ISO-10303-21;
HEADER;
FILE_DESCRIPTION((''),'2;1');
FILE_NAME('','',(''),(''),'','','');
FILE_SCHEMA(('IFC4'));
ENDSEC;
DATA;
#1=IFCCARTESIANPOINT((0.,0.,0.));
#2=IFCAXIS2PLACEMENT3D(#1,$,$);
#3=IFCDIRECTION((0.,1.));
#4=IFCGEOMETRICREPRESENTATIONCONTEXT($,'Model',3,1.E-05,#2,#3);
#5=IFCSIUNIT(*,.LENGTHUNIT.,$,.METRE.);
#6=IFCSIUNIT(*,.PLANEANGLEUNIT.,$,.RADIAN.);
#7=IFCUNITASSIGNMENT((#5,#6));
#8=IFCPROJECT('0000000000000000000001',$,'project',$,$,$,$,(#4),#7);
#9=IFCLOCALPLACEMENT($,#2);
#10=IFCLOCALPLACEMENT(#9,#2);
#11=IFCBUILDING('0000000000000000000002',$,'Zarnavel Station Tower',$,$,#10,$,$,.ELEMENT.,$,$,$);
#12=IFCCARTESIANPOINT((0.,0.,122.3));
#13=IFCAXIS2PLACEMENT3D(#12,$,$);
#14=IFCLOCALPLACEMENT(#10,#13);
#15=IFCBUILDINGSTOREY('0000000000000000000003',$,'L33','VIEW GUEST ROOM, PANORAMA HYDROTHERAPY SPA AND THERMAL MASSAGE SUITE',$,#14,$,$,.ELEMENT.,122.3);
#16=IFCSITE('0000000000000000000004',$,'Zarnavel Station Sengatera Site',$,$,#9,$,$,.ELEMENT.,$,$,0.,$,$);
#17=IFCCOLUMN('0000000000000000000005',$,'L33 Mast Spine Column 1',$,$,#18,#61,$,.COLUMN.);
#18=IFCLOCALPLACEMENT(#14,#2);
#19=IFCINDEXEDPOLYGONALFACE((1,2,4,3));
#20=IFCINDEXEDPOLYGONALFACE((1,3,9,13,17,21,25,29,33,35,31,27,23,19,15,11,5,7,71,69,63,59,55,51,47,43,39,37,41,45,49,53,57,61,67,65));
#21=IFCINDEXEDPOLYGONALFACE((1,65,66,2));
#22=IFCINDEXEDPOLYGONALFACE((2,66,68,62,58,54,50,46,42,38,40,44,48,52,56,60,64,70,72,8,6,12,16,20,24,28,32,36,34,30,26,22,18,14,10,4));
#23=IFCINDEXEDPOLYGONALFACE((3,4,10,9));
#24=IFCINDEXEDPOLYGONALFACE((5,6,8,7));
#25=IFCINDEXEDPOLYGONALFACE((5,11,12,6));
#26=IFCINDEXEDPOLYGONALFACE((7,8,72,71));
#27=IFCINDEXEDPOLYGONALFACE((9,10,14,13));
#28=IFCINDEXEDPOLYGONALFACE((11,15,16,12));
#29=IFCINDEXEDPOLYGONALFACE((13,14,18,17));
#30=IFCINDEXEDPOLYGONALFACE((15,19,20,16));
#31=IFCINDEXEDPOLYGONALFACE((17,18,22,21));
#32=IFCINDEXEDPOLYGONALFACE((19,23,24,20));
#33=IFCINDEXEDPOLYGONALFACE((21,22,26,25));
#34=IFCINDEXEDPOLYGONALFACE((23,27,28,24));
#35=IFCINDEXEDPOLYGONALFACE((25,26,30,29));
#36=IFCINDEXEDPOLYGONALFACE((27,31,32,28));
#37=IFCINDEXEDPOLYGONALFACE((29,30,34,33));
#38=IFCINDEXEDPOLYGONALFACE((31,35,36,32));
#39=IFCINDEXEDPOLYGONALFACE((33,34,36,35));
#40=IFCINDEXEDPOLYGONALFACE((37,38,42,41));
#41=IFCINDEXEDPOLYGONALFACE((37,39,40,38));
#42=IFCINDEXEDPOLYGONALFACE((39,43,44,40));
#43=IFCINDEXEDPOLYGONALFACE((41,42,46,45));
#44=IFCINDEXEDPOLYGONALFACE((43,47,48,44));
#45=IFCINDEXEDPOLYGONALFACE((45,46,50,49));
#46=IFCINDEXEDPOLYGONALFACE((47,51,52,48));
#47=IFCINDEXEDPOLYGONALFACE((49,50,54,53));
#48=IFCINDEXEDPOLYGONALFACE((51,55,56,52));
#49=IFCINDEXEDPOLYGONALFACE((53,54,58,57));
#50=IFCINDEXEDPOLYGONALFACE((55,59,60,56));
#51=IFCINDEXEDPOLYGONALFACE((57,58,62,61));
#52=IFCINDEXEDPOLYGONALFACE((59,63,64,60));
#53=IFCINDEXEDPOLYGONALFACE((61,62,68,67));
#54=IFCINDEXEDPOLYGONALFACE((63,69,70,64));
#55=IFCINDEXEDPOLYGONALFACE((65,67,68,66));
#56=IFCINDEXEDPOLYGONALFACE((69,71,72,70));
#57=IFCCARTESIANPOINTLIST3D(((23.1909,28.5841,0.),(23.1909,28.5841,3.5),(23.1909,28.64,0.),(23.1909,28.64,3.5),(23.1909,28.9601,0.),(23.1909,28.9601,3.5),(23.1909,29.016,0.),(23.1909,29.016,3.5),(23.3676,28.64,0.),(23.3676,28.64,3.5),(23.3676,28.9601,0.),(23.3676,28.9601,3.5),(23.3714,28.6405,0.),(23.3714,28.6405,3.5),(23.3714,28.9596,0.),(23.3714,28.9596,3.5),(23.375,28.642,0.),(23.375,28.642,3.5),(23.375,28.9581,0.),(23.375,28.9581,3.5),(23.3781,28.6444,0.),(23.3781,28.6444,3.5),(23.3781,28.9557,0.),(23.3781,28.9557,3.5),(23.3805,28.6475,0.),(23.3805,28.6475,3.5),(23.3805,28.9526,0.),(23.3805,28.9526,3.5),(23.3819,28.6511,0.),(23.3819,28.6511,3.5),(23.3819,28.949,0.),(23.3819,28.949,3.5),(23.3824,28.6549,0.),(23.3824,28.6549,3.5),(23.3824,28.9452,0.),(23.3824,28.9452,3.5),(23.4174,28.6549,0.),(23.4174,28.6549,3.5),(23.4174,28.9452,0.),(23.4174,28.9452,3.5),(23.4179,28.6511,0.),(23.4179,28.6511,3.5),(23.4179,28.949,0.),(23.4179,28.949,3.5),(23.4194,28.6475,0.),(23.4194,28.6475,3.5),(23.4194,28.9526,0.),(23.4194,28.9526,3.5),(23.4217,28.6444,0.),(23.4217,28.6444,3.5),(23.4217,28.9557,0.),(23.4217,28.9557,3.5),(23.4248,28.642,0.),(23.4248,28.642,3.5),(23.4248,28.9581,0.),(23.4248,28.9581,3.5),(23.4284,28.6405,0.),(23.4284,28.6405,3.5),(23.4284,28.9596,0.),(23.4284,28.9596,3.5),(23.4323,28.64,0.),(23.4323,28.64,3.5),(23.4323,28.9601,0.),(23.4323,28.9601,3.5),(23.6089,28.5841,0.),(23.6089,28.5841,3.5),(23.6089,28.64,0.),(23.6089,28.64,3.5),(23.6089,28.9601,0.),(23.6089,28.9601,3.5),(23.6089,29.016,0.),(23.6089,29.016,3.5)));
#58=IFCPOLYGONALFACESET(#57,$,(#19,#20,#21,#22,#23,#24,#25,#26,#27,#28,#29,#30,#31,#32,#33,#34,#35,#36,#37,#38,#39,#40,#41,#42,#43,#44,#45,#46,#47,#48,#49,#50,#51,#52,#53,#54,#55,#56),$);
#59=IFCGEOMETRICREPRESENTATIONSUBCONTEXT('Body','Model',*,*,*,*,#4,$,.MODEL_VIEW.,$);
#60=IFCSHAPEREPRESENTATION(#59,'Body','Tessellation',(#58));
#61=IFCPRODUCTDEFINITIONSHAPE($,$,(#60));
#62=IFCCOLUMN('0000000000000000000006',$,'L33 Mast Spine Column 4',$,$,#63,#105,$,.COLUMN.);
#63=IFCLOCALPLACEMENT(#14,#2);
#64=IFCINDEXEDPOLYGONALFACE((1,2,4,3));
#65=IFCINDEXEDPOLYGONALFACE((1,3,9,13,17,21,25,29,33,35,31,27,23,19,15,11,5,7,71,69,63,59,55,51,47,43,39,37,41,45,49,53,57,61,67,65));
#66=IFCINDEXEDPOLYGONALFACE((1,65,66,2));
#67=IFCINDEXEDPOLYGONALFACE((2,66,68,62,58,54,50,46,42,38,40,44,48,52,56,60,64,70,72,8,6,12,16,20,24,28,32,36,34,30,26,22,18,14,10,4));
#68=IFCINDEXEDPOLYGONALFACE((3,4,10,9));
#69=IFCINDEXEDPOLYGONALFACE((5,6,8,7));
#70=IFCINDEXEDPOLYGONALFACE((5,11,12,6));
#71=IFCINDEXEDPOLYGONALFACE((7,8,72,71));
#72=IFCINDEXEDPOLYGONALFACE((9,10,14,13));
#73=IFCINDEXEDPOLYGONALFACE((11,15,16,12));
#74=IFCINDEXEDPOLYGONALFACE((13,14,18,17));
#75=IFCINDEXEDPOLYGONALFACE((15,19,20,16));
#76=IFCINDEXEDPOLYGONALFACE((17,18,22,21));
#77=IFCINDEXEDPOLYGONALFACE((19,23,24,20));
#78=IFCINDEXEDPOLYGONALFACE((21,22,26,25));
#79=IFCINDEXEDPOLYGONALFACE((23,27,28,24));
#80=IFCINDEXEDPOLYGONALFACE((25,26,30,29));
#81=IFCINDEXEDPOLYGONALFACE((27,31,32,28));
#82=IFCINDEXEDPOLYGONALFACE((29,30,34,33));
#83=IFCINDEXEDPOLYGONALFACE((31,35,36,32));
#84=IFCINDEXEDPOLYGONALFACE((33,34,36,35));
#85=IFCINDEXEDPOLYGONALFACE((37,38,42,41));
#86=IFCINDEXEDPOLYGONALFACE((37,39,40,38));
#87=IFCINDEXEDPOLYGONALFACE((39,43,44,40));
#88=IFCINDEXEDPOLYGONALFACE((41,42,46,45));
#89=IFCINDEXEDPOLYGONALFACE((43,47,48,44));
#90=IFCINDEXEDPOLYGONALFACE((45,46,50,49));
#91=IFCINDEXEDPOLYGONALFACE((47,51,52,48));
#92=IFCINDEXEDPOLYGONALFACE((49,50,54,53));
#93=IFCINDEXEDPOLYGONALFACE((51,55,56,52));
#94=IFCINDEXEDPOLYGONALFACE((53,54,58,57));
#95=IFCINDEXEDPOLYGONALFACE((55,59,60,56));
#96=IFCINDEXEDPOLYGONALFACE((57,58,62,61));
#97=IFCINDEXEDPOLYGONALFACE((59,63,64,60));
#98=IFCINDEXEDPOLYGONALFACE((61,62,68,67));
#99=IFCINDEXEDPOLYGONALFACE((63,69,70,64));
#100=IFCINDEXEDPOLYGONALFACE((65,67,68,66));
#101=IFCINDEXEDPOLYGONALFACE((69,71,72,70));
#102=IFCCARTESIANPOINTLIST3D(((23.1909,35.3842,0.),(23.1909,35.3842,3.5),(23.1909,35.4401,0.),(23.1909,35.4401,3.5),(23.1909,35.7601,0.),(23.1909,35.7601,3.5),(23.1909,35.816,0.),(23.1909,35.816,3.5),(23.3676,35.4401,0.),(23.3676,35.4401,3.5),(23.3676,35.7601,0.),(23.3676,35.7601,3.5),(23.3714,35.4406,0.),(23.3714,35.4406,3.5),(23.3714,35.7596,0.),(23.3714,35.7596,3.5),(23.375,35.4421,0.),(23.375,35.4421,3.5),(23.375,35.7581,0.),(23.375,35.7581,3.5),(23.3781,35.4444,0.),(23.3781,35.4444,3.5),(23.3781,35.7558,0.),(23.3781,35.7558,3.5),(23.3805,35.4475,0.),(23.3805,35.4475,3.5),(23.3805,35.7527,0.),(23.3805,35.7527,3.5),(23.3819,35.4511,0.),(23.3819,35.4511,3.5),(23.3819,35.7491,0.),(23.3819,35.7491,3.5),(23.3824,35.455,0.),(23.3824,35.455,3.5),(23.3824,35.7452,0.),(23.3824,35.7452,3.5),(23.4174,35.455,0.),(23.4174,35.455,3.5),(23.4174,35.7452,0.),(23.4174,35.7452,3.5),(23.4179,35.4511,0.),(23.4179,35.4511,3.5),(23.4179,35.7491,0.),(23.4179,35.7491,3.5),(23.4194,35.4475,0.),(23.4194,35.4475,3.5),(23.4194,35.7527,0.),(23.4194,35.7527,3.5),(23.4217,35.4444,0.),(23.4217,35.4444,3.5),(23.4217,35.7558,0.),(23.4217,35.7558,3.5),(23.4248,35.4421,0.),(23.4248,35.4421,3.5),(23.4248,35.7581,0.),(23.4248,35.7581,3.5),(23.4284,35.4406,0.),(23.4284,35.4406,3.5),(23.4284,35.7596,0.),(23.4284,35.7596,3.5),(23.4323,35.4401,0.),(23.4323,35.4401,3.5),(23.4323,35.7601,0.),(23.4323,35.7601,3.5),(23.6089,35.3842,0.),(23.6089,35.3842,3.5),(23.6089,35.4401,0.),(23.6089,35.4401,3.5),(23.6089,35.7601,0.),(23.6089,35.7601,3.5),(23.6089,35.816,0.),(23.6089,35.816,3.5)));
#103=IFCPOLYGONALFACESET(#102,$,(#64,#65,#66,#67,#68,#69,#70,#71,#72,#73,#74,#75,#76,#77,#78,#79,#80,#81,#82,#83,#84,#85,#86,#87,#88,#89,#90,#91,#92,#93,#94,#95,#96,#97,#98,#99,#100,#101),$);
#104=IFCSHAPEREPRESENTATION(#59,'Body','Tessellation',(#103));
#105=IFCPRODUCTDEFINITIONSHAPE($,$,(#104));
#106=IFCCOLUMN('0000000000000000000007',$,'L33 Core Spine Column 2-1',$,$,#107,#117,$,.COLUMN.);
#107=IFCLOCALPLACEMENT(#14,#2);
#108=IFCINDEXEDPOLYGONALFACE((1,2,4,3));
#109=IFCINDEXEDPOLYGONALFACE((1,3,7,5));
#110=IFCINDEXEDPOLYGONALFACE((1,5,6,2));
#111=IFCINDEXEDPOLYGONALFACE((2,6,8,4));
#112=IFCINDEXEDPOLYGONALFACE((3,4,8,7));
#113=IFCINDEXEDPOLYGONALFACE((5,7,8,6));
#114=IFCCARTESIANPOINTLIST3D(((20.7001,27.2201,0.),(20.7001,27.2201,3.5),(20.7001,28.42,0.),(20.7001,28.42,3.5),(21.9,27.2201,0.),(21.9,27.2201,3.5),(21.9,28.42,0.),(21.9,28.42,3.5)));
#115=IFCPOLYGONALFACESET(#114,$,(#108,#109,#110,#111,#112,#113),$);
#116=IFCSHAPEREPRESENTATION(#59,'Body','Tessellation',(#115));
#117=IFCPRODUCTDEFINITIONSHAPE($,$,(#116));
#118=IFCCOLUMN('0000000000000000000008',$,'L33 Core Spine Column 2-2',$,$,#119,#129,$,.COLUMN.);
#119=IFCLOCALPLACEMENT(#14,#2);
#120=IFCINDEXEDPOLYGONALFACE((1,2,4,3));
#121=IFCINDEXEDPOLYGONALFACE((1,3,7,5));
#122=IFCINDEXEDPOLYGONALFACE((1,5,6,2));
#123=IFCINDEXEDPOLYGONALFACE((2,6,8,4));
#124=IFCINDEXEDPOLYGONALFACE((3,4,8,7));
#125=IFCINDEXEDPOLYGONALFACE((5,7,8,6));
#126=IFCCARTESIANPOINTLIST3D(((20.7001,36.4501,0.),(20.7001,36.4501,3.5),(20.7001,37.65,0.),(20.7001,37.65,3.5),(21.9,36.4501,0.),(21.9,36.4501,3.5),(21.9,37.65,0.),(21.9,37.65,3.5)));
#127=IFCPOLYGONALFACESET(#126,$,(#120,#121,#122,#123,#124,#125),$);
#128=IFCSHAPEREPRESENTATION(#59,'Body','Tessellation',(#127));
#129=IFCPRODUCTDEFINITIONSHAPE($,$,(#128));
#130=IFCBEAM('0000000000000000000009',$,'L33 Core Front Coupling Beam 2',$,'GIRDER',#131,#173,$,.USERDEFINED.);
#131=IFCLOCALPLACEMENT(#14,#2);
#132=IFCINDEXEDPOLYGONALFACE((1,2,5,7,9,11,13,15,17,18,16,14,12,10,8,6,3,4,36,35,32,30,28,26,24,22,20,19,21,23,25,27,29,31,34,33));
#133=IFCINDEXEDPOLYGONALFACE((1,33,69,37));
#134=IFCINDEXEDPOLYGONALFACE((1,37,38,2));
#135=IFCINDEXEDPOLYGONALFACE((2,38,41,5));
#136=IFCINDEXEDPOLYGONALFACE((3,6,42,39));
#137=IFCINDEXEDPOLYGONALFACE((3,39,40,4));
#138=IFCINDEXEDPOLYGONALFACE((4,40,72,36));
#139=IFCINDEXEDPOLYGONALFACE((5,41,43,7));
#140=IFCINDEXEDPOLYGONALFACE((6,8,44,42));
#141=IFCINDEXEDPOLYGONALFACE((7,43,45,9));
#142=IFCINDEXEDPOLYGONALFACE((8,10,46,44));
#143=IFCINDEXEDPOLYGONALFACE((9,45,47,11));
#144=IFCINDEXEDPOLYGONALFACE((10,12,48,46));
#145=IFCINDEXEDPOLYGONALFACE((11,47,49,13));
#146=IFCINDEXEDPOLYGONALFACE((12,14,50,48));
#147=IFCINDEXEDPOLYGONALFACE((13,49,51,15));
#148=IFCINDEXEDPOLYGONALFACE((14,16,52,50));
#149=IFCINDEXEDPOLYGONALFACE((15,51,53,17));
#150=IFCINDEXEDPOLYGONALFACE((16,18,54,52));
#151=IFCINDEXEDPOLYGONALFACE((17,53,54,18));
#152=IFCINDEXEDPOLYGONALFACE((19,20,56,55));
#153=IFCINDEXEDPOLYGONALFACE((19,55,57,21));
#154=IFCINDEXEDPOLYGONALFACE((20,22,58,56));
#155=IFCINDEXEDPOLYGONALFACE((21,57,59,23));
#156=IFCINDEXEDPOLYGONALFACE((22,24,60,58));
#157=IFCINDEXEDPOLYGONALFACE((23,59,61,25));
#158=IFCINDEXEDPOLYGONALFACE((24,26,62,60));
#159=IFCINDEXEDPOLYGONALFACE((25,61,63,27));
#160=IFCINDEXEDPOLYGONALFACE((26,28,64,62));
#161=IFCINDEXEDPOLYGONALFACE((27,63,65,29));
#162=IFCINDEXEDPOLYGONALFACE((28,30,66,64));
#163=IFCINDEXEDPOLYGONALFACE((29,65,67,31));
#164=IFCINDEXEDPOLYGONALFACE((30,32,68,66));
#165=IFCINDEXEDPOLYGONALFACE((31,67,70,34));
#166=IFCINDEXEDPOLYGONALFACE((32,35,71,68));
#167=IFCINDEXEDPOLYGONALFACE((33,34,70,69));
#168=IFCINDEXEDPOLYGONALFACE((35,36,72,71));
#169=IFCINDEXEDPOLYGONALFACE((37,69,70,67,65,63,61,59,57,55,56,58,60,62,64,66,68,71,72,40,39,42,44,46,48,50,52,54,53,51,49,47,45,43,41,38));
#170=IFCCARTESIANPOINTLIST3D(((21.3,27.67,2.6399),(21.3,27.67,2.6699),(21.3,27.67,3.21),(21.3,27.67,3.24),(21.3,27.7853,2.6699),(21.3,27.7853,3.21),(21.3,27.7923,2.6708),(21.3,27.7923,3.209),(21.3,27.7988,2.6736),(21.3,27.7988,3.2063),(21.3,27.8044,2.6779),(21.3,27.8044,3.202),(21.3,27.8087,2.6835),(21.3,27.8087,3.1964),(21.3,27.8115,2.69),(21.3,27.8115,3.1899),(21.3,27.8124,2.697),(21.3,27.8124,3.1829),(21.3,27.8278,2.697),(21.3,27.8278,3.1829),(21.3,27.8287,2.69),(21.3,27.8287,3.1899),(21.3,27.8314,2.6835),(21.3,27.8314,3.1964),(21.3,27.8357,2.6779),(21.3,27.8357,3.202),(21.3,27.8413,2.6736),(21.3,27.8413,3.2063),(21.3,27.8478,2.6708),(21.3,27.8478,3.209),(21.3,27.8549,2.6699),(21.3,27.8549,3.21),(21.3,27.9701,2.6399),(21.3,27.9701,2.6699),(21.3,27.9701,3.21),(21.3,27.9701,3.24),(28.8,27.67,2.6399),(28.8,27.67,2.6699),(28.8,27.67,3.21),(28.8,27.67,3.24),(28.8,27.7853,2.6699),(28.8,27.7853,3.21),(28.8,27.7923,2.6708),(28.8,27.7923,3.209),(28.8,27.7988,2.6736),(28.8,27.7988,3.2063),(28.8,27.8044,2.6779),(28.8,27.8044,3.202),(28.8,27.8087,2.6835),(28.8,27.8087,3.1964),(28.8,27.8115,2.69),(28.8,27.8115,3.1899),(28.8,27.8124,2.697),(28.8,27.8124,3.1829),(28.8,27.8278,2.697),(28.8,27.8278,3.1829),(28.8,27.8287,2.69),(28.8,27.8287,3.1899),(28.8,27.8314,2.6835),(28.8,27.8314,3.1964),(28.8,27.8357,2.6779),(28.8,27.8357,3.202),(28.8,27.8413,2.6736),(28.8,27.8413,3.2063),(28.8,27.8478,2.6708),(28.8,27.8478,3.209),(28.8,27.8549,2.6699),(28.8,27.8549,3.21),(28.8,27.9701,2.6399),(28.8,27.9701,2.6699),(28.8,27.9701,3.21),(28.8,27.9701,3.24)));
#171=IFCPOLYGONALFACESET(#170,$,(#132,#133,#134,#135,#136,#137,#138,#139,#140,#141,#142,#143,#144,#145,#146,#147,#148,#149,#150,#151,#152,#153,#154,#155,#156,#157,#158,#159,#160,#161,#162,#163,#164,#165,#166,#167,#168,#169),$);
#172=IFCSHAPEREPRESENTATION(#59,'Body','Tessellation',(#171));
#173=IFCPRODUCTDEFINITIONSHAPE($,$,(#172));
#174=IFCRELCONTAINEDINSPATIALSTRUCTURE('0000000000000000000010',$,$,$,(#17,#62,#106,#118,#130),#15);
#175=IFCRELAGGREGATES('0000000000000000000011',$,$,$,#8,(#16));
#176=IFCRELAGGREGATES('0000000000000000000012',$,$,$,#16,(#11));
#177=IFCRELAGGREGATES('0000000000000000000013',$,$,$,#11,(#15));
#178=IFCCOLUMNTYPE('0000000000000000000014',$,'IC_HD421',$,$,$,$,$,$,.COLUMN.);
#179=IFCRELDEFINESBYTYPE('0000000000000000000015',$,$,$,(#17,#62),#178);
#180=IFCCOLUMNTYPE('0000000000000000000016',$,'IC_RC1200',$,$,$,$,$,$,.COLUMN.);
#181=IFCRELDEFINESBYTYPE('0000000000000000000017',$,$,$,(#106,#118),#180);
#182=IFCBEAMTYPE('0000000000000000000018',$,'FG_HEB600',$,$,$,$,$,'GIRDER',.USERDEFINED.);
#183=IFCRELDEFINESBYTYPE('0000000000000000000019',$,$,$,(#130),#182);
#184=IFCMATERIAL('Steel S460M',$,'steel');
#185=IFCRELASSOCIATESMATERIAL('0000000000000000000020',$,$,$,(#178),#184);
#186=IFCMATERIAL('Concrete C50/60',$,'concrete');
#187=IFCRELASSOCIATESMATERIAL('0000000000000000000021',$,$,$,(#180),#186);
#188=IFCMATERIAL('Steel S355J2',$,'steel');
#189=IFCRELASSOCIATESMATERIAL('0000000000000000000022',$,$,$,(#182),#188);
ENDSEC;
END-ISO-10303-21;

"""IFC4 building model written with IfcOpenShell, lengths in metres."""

from ifc_helpers import new_model, si_unit, direction, frame, origin, origin_2d, place, context, subcontext, project, spatial, rectangle, i_section, extrude, material, material_profile, profile_set, type_object, element, save


model = new_model("IFC4")

# Units and contexts
model_context = context("Model", 3, precision=1e-05, world=origin(), true_north=direction((0.0, 1.0)))
body_context = subcontext(model_context, "Body", "Model", "MODEL_VIEW")
ifc_project = project(units=[si_unit("LENGTHUNIT", "METRE"), si_unit("PLANEANGLEUNIT", "RADIAN")], contexts=[model_context])

# Site, building, storey
site_placement = place(None, origin())
site = spatial("IfcSite", under=ifc_project, at=site_placement, Name="Zarnavel Station Sengatera Site", CompositionType="ELEMENT", RefElevation=0.0)
building_placement = place(site_placement, origin())
building = spatial("IfcBuilding", under=site, at=building_placement, Name="Zarnavel Station Tower", CompositionType="ELEMENT")
storey_placement = place(building_placement, frame((0.0, 0.0, 122.3)))
storey = spatial("IfcBuildingStorey", under=building, at=storey_placement, Name="L33", Description="VIEW GUEST ROOM, PANORAMA HYDROTHERAPY SPA AND THERMAL MASSAGE SUITE", CompositionType="ELEMENT", Elevation=122.3)

# Columns
ifc_material_1 = material(Name="Steel S460M", Category="steel")
ifc_material_profile_1 = material_profile(ifc_material_1, i_section(OverallWidth=0.418, OverallDepth=0.4319, WebThickness=0.0349, FlangeThickness=0.0559, FilletRadius=0.0149, at=origin_2d()), Name="HD400x421")
ifc_profile_set_1 = profile_set([ifc_material_profile_1], Name="Steel S460M")
column_type_1 = type_object("IfcColumnType", Name="IC_HD421", PredefinedType="COLUMN", material=ifc_profile_set_1)
for number, where, z_axis, x_axis, name in (
    (1, (23.3999, 28.8, 0.0), (0.0, 0.0, 1.0), (1.0, 0.0, 0.0), "L33 Mast Spine Column 1"),
    (2, (23.3999, 35.6001, 0.0), (0.0, 0.0, 1.0), (1.0, 0.0, 0.0), "L33 Mast Spine Column 4"),
):
    element("IfcColumn", number, at=place(storey_placement, frame(where, z_axis=z_axis, x_axis=x_axis)), inside=storey, type_object=column_type_1, Name=name, PredefinedType="COLUMN", context=body_context, shape_type="SweptSolid", body=[
        extrude(i_section(OverallWidth=0.418, OverallDepth=0.4319, WebThickness=0.0349, FlangeThickness=0.0559, FilletRadius=0.0149, at=origin_2d()), origin(), (0.0, 0.0, 1.0), 3.5),
    ])
ifc_material_2 = material(Name="Concrete C50/60", Category="concrete")
ifc_material_profile_2 = material_profile(ifc_material_2, rectangle(XDim=1.2, YDim=1.2, at=origin_2d()), Name="RC1200x1200")
ifc_profile_set_2 = profile_set([ifc_material_profile_2], Name="Concrete C50/60")
column_type_2 = type_object("IfcColumnType", Name="IC_RC1200", PredefinedType="COLUMN", material=ifc_profile_set_2)
for number, where, z_axis, x_axis, name in (
    (3, (21.3, 27.8201, 0.0), (0.0, 0.0, 1.0), (1.0, 0.0, 0.0), "L33 Core Spine Column 2-1"),
    (4, (21.3, 37.05, 0.0), (0.0, 0.0, 1.0), (1.0, 0.0, 0.0), "L33 Core Spine Column 2-2"),
):
    element("IfcColumn", number, at=place(storey_placement, frame(where, z_axis=z_axis, x_axis=x_axis)), inside=storey, type_object=column_type_2, Name=name, PredefinedType="COLUMN", context=body_context, shape_type="SweptSolid", body=[
        extrude(rectangle(XDim=1.2, YDim=1.2, at=origin_2d()), origin(), (0.0, 0.0, 1.0), 3.5),
    ])

# Beam
ifc_material_3 = material(Name="Steel S355J2", Category="steel")
ifc_material_profile_3 = material_profile(ifc_material_3, i_section(OverallWidth=0.3, OverallDepth=0.6001, WebThickness=0.0154, FlangeThickness=0.03, FilletRadius=0.0271, at=origin_2d()), Name="HEB600")
ifc_profile_set_3 = profile_set([ifc_material_profile_3], Name="Steel S355J2")
beam_type_1 = type_object("IfcBeamType", Name="FG_HEB600", ElementType="GIRDER", PredefinedType="USERDEFINED", material=ifc_profile_set_3)
beam_1_placement = place(storey_placement, frame((21.3, 27.8201, 2.9399), z_axis=(1.0, 0.0, 0.0), x_axis=(0.0, 1.0, 0.0)))
element("IfcBeam", 5, at=beam_1_placement, inside=storey, type_object=beam_type_1, Name="L33 Core Front Coupling Beam 2", ObjectType="GIRDER", PredefinedType="USERDEFINED", context=body_context, shape_type="SweptSolid", body=[
    extrude(i_section(OverallWidth=0.3, OverallDepth=0.6001, WebThickness=0.0154, FlangeThickness=0.03, FilletRadius=0.0271, at=origin_2d()), origin(), (0.0, 0.0, 1.0), 7.5),
])

save(model, "model.ifc")
